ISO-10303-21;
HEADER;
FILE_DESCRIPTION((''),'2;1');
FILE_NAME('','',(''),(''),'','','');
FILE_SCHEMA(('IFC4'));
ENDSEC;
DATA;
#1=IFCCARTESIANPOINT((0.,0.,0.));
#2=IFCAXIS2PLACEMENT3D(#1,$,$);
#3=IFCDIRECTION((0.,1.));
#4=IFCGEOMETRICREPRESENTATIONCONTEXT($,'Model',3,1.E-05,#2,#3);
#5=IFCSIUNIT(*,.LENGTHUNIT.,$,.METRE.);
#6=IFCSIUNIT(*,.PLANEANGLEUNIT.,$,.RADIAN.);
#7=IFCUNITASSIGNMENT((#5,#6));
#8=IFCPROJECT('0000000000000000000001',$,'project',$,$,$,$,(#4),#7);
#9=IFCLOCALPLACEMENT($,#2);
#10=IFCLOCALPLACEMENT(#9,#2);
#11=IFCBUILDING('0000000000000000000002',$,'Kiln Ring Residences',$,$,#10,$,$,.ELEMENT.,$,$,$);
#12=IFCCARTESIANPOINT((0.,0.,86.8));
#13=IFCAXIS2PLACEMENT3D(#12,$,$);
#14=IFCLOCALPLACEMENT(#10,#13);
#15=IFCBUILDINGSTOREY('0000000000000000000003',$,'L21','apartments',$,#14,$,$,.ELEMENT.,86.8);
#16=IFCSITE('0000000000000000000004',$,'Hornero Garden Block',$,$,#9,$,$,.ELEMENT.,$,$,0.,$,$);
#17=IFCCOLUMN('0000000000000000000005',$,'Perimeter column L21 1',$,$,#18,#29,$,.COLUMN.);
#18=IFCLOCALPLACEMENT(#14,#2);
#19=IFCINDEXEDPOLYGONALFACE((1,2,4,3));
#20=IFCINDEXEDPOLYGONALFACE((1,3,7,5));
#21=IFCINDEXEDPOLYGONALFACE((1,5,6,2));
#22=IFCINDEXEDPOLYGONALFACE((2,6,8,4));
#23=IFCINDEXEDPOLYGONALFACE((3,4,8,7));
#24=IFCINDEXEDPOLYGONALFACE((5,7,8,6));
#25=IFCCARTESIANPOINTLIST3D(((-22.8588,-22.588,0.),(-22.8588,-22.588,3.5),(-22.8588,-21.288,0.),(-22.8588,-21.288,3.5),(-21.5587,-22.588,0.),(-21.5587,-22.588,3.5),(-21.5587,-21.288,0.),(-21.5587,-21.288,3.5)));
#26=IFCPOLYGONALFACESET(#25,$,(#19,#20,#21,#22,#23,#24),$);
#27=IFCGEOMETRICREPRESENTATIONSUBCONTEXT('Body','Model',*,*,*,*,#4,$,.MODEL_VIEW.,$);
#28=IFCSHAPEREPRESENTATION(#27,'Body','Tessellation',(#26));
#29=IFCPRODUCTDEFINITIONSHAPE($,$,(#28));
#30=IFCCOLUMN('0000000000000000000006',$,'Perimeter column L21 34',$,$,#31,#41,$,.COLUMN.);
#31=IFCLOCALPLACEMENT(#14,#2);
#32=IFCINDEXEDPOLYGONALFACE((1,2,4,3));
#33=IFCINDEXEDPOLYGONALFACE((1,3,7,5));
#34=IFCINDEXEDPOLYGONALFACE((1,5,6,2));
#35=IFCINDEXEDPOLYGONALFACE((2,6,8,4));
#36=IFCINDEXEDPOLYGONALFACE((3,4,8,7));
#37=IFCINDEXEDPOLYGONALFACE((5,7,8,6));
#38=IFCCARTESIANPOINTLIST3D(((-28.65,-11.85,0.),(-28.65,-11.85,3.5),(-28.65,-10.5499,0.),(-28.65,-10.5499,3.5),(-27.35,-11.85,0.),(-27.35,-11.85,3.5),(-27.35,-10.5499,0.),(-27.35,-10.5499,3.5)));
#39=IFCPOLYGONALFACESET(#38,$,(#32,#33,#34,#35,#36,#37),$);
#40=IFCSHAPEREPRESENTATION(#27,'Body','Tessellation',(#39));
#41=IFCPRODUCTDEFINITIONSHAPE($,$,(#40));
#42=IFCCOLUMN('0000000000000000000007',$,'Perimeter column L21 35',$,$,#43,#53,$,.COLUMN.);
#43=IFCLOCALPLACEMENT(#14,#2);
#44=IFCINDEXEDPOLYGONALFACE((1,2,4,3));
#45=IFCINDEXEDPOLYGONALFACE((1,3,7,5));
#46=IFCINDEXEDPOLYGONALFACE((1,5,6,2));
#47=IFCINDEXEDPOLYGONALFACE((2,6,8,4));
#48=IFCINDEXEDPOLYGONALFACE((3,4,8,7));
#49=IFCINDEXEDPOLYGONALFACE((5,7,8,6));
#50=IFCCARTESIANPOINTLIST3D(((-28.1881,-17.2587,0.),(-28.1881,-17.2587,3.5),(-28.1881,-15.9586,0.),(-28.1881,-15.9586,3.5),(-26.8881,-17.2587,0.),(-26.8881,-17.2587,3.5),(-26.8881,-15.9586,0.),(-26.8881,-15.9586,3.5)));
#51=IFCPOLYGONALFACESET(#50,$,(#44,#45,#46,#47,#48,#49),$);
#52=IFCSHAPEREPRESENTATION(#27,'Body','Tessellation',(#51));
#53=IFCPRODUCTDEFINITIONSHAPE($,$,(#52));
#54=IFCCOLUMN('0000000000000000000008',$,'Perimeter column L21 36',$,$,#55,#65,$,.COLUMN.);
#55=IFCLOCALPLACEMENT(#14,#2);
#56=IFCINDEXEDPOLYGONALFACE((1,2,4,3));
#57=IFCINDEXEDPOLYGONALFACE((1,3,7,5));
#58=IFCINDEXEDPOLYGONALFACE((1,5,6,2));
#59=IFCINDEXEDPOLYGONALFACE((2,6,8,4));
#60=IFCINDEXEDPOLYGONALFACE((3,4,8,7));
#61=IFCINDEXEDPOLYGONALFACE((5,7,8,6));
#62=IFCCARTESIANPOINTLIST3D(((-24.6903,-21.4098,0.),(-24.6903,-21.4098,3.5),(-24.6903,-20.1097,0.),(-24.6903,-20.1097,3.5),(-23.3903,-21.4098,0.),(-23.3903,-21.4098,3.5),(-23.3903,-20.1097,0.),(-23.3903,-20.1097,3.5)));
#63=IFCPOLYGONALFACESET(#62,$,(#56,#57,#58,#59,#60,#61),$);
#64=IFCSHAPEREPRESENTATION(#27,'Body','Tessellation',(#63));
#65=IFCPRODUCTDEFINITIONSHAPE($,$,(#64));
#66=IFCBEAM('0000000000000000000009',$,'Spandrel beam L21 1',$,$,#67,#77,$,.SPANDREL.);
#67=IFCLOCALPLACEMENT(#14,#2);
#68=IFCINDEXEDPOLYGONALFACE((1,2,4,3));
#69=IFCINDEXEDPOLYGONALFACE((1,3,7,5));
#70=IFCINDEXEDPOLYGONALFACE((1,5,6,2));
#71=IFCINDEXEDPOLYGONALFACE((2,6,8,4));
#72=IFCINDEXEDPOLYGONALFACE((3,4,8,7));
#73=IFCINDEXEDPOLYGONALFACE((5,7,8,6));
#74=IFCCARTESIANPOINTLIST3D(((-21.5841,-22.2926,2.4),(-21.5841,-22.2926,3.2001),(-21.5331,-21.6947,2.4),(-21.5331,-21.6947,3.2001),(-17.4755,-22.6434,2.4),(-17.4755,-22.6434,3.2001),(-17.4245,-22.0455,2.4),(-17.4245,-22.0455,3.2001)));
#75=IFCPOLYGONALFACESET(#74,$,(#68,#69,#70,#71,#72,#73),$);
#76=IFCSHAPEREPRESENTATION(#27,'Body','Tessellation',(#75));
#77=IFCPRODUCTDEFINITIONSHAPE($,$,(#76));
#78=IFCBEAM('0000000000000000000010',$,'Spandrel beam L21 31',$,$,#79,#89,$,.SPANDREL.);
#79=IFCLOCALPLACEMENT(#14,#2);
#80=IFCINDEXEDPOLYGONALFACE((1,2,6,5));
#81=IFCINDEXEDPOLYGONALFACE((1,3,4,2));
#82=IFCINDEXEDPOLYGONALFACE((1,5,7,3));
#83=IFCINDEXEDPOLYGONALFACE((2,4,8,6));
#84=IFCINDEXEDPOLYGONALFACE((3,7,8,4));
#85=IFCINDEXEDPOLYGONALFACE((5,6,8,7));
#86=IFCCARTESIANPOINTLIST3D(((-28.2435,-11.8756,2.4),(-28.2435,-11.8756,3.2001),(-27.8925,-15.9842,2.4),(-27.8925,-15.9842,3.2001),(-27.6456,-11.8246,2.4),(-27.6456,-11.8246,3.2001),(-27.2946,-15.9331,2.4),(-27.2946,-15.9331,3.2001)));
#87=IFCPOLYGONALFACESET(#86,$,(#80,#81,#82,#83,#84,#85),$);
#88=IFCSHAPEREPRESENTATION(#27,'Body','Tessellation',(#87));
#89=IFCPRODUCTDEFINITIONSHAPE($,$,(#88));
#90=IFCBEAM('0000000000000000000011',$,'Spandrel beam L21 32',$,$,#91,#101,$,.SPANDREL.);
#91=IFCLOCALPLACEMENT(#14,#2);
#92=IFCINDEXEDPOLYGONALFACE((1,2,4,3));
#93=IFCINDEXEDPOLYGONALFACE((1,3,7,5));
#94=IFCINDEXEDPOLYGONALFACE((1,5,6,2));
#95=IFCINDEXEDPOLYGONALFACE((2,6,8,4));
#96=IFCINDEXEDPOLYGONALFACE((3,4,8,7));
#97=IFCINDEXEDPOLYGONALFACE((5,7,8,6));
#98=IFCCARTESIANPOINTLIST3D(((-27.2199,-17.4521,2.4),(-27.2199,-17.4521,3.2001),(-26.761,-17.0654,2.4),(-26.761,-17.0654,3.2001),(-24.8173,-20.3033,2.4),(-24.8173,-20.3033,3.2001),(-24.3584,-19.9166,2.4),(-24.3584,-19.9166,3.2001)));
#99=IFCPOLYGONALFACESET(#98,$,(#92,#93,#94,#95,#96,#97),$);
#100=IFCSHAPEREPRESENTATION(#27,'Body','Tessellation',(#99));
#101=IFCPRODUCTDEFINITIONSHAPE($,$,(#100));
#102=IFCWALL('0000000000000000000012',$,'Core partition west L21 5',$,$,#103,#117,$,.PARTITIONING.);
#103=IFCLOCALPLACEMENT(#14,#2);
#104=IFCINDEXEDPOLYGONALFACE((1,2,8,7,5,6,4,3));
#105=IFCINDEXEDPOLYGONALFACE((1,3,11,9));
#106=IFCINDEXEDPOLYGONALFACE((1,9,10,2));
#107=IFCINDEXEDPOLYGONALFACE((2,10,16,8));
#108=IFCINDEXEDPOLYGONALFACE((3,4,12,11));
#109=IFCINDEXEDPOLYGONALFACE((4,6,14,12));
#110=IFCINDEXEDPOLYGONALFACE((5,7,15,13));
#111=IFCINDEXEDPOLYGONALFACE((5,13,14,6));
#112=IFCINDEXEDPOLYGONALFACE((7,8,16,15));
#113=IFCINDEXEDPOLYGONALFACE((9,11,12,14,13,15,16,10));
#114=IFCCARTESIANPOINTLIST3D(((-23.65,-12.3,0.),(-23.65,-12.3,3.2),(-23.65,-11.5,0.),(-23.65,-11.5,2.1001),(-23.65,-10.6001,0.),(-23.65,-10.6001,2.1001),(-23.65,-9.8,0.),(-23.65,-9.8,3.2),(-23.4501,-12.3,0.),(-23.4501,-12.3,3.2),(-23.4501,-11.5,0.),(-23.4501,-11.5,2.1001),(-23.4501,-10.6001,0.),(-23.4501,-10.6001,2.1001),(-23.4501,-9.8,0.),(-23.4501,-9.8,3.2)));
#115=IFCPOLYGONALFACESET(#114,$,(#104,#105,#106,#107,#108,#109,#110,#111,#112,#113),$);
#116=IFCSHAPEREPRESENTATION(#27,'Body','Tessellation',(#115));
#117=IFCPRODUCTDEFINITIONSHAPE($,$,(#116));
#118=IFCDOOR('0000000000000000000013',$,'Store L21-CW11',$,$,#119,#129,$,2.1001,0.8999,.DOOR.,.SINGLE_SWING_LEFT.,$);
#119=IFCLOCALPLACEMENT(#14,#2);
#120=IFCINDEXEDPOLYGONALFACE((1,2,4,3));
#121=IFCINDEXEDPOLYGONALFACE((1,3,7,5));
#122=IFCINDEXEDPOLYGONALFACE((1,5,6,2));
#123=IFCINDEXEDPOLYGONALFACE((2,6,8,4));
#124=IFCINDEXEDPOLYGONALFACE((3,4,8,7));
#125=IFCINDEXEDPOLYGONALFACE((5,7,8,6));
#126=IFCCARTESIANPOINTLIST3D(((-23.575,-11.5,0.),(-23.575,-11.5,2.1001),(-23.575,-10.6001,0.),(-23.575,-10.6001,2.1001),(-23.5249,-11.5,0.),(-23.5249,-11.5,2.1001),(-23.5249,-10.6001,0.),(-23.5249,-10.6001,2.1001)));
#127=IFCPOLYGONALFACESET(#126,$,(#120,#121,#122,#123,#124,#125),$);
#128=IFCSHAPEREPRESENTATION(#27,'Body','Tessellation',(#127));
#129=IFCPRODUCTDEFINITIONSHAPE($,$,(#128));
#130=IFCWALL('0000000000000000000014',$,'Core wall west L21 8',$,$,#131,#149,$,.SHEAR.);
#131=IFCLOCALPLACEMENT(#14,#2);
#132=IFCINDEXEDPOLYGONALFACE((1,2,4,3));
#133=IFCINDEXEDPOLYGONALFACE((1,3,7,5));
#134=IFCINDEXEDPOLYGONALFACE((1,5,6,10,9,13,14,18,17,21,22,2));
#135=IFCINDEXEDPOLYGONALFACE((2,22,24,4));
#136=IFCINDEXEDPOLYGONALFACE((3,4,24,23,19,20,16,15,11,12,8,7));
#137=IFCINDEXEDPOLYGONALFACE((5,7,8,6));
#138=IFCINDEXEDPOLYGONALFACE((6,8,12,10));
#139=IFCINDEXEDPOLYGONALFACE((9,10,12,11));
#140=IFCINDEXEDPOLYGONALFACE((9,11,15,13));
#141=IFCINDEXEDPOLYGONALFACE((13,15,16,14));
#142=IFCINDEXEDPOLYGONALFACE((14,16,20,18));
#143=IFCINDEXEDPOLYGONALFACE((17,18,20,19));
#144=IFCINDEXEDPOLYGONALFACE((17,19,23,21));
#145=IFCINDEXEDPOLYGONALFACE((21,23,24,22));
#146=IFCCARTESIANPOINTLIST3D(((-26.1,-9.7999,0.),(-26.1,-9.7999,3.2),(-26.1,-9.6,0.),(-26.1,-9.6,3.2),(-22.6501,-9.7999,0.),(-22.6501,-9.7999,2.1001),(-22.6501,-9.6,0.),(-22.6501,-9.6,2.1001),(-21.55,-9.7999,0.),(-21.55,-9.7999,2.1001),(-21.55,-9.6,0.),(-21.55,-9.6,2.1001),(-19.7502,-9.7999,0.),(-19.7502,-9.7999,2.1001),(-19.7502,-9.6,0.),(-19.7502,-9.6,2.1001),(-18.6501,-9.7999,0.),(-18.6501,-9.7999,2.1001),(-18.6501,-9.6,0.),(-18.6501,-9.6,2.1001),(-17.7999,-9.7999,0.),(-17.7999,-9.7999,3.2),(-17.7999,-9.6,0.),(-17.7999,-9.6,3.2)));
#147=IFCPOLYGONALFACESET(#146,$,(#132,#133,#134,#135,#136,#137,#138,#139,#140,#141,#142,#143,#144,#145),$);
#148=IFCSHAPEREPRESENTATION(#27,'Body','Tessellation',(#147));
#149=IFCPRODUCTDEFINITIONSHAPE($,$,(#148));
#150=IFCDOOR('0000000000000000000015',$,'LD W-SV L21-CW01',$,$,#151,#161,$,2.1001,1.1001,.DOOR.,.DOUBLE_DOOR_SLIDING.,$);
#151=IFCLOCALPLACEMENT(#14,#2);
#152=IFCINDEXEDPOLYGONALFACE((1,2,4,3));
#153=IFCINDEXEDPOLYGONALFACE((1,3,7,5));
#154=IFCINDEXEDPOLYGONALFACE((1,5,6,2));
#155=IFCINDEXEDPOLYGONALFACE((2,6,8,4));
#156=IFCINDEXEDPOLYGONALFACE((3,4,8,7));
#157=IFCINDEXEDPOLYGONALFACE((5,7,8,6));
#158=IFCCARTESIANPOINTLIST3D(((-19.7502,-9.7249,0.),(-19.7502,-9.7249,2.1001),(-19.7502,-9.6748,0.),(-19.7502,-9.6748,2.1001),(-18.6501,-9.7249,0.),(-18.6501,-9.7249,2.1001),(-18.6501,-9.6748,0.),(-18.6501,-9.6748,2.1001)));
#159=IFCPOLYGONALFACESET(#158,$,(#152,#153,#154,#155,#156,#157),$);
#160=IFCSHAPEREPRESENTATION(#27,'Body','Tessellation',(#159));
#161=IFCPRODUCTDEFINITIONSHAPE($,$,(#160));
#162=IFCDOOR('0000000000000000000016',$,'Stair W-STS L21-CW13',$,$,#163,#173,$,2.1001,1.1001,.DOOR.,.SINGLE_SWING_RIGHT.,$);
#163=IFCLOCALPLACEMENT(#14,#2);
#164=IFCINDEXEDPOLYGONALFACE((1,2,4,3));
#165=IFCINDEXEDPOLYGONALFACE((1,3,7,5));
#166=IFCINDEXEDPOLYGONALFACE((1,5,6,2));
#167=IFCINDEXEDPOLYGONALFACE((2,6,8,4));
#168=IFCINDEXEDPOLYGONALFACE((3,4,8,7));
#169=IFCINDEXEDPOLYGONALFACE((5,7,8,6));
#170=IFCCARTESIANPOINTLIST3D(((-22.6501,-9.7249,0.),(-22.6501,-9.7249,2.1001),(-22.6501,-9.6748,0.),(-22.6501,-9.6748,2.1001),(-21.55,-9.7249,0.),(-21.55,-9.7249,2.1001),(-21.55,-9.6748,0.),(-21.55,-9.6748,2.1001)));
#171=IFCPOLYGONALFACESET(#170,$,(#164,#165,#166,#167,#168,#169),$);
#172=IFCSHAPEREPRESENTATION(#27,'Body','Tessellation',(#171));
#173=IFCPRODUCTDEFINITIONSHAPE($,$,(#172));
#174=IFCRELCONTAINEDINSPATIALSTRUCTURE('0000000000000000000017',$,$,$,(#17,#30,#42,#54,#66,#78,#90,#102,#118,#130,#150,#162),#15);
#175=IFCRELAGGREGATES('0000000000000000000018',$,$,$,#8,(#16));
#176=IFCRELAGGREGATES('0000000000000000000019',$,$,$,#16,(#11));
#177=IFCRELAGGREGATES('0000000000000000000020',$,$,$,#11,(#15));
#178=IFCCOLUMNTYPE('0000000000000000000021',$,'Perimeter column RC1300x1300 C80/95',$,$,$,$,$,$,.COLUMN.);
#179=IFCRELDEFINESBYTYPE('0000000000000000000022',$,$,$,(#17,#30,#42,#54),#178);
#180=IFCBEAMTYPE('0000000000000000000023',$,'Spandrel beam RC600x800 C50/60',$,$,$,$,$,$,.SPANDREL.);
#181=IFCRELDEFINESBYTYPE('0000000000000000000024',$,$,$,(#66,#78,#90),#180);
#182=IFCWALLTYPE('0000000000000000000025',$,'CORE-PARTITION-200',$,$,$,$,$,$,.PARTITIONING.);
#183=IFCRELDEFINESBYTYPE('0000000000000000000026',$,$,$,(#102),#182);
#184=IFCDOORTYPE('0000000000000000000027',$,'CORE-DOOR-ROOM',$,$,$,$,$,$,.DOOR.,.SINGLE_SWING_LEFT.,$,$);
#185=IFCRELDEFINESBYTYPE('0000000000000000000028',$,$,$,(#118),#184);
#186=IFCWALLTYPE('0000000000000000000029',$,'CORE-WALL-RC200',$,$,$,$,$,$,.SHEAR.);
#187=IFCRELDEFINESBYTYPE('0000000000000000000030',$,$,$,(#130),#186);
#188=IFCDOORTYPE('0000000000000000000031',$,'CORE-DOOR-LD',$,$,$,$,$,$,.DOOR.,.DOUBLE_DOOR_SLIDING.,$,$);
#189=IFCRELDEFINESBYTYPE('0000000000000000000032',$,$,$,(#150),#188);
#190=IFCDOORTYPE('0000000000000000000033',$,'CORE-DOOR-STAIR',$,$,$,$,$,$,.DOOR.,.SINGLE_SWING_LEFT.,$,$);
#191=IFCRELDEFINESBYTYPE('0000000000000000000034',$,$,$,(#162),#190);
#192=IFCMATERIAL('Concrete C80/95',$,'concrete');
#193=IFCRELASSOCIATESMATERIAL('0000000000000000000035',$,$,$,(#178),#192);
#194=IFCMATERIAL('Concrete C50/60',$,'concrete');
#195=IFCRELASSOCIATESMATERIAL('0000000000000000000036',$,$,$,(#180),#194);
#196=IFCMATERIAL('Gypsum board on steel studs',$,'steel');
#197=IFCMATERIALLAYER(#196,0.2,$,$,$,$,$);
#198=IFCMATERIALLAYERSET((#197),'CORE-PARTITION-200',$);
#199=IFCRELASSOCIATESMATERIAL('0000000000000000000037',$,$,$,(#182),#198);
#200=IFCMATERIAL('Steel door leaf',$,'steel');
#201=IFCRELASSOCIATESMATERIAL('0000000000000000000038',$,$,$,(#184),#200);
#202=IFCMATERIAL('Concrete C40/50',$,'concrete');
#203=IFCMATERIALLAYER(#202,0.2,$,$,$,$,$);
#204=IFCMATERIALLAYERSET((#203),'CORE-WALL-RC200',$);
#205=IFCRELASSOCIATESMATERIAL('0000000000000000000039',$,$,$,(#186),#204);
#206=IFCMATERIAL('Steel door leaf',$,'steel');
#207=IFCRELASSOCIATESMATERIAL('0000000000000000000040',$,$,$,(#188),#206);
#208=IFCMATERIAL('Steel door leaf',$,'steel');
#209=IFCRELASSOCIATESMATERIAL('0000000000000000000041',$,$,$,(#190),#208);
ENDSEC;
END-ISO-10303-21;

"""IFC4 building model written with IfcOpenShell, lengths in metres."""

from ifc_helpers import new_model, si_unit, direction, frame, frame_2d, origin, origin_2d, place, context, subcontext, project, spatial, rectangle, extrude, material, layer, layer_set, material_profile, profile_set, type_object, element, fill, save


model = new_model("IFC4")

# Units and contexts
model_context = context("Model", 3, precision=1e-05, world=origin(), true_north=direction((0.0, 1.0)))
body_context = subcontext(model_context, "Body", "Model", "MODEL_VIEW")
ifc_project = project(units=[si_unit("LENGTHUNIT", "METRE"), si_unit("PLANEANGLEUNIT", "RADIAN")], contexts=[model_context])

# Site, building, storey
site_placement = place(None, origin())
site = spatial("IfcSite", under=ifc_project, at=site_placement, Name="Hornero Garden Block", CompositionType="ELEMENT", RefElevation=0.0)
building_placement = place(site_placement, origin())
building = spatial("IfcBuilding", under=site, at=building_placement, Name="Kiln Ring Residences", CompositionType="ELEMENT")
storey_placement = place(building_placement, frame((0.0, 0.0, 86.8)))
storey = spatial("IfcBuildingStorey", under=building, at=storey_placement, Name="L21", Description="apartments", CompositionType="ELEMENT", Elevation=86.8)

# Columns
ifc_material_1 = material(Name="Concrete C80/95", Category="concrete")
ifc_material_profile_1 = material_profile(ifc_material_1, rectangle(XDim=1.3, YDim=1.3, at=origin_2d()), Name="RC1300x1300")
ifc_profile_set_1 = profile_set([ifc_material_profile_1], Name="Concrete C80/95")
column_type = type_object("IfcColumnType", Name="Perimeter column RC1300x1300 C80/95", PredefinedType="COLUMN", material=ifc_profile_set_1)
for number, where, z_axis, x_axis, name in (
    (1, (-22.2087, -21.938, 0.0), (0.0, 0.0, 1.0), (1.0, 0.0, 0.0), "Perimeter column L21 1"),
    (2, (-28.0, -11.2, 0.0), (0.0, 0.0, 1.0), (1.0, 0.0, 0.0), "Perimeter column L21 34"),
    (3, (-27.5381, -16.6086, 0.0), (0.0, 0.0, 1.0), (1.0, 0.0, 0.0), "Perimeter column L21 35"),
    (4, (-24.0403, -20.7598, 0.0), (0.0, 0.0, 1.0), (1.0, 0.0, 0.0), "Perimeter column L21 36"),
):
    element("IfcColumn", number, at=place(storey_placement, frame(where, z_axis=z_axis, x_axis=x_axis)), inside=storey, type_object=column_type, Name=name, PredefinedType="COLUMN", context=body_context, shape_type="SweptSolid", body=[
        extrude(rectangle(XDim=1.3, YDim=1.3, at=origin_2d()), origin(), (0.0, 0.0, 1.0), 3.5),
    ])

# Beams
ifc_material_2 = material(Name="Concrete C50/60", Category="concrete")
ifc_material_profile_2 = material_profile(ifc_material_2, rectangle(XDim=0.6001, YDim=0.8, at=origin_2d()), Name="RC600x800")
ifc_profile_set_2 = profile_set([ifc_material_profile_2], Name="Concrete C50/60")
beam_type = type_object("IfcBeamType", Name="Spandrel beam RC600x800 C50/60", PredefinedType="SPANDREL", material=ifc_profile_set_2)
for number, where, z_axis, x_axis, name in (
    (5, (-21.5586, -21.9937, 2.8), (0.996374, -0.085079, 0.0), (0.085079, 0.996374, 0.0), "Spandrel beam L21 1"),
    (6, (-27.9446, -11.8501, 2.8), (0.085137, -0.996369, 0.0), (0.996369, 0.085137, 0.0), "Spandrel beam L21 31"),
):
    element("IfcBeam", number, at=place(storey_placement, frame(where, z_axis=z_axis, x_axis=x_axis)), inside=storey, type_object=beam_type, Name=name, PredefinedType="SPANDREL", context=body_context, shape_type="SweptSolid", body=[
        extrude(rectangle(XDim=0.6001, YDim=0.8, at=origin_2d()), origin(), (0.0, 0.0, 1.0), 4.1235),
    ])
beam_placement = place(storey_placement, frame((-26.9905, -17.2588, 2.8), z_axis=(0.6444, -0.764689, 0.0), x_axis=(0.764689, 0.6444, 0.0)))
element("IfcBeam", 7, at=beam_placement, inside=storey, type_object=beam_type, Name="Spandrel beam L21 32", PredefinedType="SPANDREL", context=body_context, shape_type="SweptSolid", body=[
    extrude(rectangle(XDim=0.6001, YDim=0.8, at=origin_2d()), origin(), (0.0, 0.0, 1.0), 3.7285),
])

# Wall, opening, door
ifc_material_3 = material(Name="Gypsum board on steel studs", Category="steel")
ifc_layer_1 = layer(ifc_material_3, 0.2)
ifc_layer_set_1 = layer_set([ifc_layer_1], Name="CORE-PARTITION-200")
wall_type_1 = type_object("IfcWallType", Name="CORE-PARTITION-200", PredefinedType="PARTITIONING", material=ifc_layer_set_1)
wall_1_placement = place(storey_placement, frame((-23.55, -12.3, 0.0), z_axis=(0.0, 0.0, 1.0), x_axis=(0.0, 1.0, 0.0)))
wall_1 = element("IfcWall", 8, at=wall_1_placement, inside=storey, type_object=wall_type_1, Name="Core partition west L21 5", PredefinedType="PARTITIONING", context=body_context, shape_type="SweptSolid", body=[
    extrude(rectangle(XDim=2.5, YDim=0.2, at=frame_2d((1.25, 0.0))), origin(), (0.0, 0.0, 1.0), 3.2),
])
opening_1_placement = place(wall_1_placement, frame((0.8, 0.0, 0.0)))
opening_1 = element("IfcOpeningElement", 9, at=opening_1_placement, cuts=wall_1, PredefinedType="OPENING", context=body_context, shape_type="SweptSolid", body=[
    extrude(rectangle(XDim=0.8999, YDim=2.1001, at=frame_2d((0.45, 1.05))), frame((0.0, 0.1099, 0.0), z_axis=(0.0, -1.0, 0.0), x_axis=(1.0, 0.0, 0.0)), (0.0, 0.0, 1.0), 0.22),
])
ifc_material_4 = material(Name="Steel door leaf", Category="steel")
door_type_1 = type_object("IfcDoorType", Name="CORE-DOOR-ROOM", OperationType="SINGLE_SWING_LEFT", PredefinedType="DOOR", material=ifc_material_4)
door_1_placement = place(opening_1_placement, origin())
door_1 = element("IfcDoor", 10, at=door_1_placement, inside=storey, type_object=door_type_1, Name="Store L21-CW11", OperationType="SINGLE_SWING_LEFT", OverallHeight=2.1001, OverallWidth=0.8999, PredefinedType="DOOR", context=body_context, shape_type="SweptSolid", body=[
    extrude(rectangle(XDim=0.8999, YDim=2.1001, at=frame_2d((0.45, 1.05))), frame((0.0, 0.0249, 0.0), z_axis=(0.0, -1.0, 0.0), x_axis=(1.0, 0.0, 0.0)), (0.0, 0.0, 1.0), 0.05),
])
fill(opening_1, door_1)

# Wall, openings, doors
ifc_material_5 = material(Name="Concrete C40/50", Category="concrete")
ifc_layer_2 = layer(ifc_material_5, 0.2)
ifc_layer_set_2 = layer_set([ifc_layer_2], Name="CORE-WALL-RC200")
wall_type_2 = type_object("IfcWallType", Name="CORE-WALL-RC200", PredefinedType="SHEAR", material=ifc_layer_set_2)
wall_2_placement = place(storey_placement, frame((-17.8, -9.7, 0.0), z_axis=(0.0, 0.0, 1.0), x_axis=(-1.0, 0.0, 0.0)))
wall_2 = element("IfcWall", 11, at=wall_2_placement, inside=storey, type_object=wall_type_2, Name="Core wall west L21 8", PredefinedType="SHEAR", context=body_context, shape_type="SweptSolid", body=[
    extrude(rectangle(XDim=8.3, YDim=0.2, at=frame_2d((4.1499, 0.0))), origin(), (0.0, 0.0, 1.0), 3.2),
])
opening_2_placement = place(wall_2_placement, frame((0.8501, 0.0, 0.0)))
opening_2 = element("IfcOpeningElement", 12, at=opening_2_placement, cuts=wall_2, PredefinedType="OPENING", context=body_context, shape_type="SweptSolid", body=[
    extrude(rectangle(XDim=1.1001, YDim=2.1001, at=frame_2d((0.55, 1.05))), frame((0.0, 0.1099, 0.0), z_axis=(0.0, -1.0, 0.0), x_axis=(1.0, 0.0, 0.0)), (0.0, 0.0, 1.0), 0.22),
])
opening_3_placement = place(wall_2_placement, frame((3.75, 0.0, 0.0)))
opening_3 = element("IfcOpeningElement", 13, at=opening_3_placement, cuts=wall_2, PredefinedType="OPENING", context=body_context, shape_type="SweptSolid", body=[
    extrude(rectangle(XDim=1.1001, YDim=2.1001, at=frame_2d((0.55, 1.05))), frame((0.0, 0.1099, 0.0), z_axis=(0.0, -1.0, 0.0), x_axis=(1.0, 0.0, 0.0)), (0.0, 0.0, 1.0), 0.22),
])
ifc_material_6 = material(Name="Steel door leaf", Category="steel")
door_type_2 = type_object("IfcDoorType", Name="CORE-DOOR-LD", OperationType="DOUBLE_DOOR_SLIDING", PredefinedType="DOOR", material=ifc_material_6)
door_2_placement = place(opening_2_placement, origin())
door_2 = element("IfcDoor", 14, at=door_2_placement, inside=storey, type_object=door_type_2, Name="LD W-SV L21-CW01", OperationType="DOUBLE_DOOR_SLIDING", OverallHeight=2.1001, OverallWidth=1.1001, PredefinedType="DOOR", context=body_context, shape_type="SweptSolid", body=[
    extrude(rectangle(XDim=1.1001, YDim=2.1001, at=frame_2d((0.55, 1.05))), frame((0.0, 0.0249, 0.0), z_axis=(0.0, -1.0, 0.0), x_axis=(1.0, 0.0, 0.0)), (0.0, 0.0, 1.0), 0.05),
])
fill(opening_2, door_2)
ifc_material_7 = material(Name="Steel door leaf", Category="steel")
door_type_3 = type_object("IfcDoorType", Name="CORE-DOOR-STAIR", OperationType="SINGLE_SWING_LEFT", PredefinedType="DOOR", material=ifc_material_7)
door_3_placement = place(opening_3_placement, origin())
door_3 = element("IfcDoor", 15, at=door_3_placement, inside=storey, type_object=door_type_3, Name="Stair W-STS L21-CW13", OperationType="SINGLE_SWING_RIGHT", OverallHeight=2.1001, OverallWidth=1.1001, PredefinedType="DOOR", context=body_context, shape_type="SweptSolid", body=[
    extrude(rectangle(XDim=1.1001, YDim=2.1001, at=frame_2d((0.55, 1.05))), frame((0.0, 0.0249, 0.0), z_axis=(0.0, -1.0, 0.0), x_axis=(1.0, 0.0, 0.0)), (0.0, 0.0, 1.0), 0.05),
])
fill(opening_3, door_3)

save(model, "model.ifc")
